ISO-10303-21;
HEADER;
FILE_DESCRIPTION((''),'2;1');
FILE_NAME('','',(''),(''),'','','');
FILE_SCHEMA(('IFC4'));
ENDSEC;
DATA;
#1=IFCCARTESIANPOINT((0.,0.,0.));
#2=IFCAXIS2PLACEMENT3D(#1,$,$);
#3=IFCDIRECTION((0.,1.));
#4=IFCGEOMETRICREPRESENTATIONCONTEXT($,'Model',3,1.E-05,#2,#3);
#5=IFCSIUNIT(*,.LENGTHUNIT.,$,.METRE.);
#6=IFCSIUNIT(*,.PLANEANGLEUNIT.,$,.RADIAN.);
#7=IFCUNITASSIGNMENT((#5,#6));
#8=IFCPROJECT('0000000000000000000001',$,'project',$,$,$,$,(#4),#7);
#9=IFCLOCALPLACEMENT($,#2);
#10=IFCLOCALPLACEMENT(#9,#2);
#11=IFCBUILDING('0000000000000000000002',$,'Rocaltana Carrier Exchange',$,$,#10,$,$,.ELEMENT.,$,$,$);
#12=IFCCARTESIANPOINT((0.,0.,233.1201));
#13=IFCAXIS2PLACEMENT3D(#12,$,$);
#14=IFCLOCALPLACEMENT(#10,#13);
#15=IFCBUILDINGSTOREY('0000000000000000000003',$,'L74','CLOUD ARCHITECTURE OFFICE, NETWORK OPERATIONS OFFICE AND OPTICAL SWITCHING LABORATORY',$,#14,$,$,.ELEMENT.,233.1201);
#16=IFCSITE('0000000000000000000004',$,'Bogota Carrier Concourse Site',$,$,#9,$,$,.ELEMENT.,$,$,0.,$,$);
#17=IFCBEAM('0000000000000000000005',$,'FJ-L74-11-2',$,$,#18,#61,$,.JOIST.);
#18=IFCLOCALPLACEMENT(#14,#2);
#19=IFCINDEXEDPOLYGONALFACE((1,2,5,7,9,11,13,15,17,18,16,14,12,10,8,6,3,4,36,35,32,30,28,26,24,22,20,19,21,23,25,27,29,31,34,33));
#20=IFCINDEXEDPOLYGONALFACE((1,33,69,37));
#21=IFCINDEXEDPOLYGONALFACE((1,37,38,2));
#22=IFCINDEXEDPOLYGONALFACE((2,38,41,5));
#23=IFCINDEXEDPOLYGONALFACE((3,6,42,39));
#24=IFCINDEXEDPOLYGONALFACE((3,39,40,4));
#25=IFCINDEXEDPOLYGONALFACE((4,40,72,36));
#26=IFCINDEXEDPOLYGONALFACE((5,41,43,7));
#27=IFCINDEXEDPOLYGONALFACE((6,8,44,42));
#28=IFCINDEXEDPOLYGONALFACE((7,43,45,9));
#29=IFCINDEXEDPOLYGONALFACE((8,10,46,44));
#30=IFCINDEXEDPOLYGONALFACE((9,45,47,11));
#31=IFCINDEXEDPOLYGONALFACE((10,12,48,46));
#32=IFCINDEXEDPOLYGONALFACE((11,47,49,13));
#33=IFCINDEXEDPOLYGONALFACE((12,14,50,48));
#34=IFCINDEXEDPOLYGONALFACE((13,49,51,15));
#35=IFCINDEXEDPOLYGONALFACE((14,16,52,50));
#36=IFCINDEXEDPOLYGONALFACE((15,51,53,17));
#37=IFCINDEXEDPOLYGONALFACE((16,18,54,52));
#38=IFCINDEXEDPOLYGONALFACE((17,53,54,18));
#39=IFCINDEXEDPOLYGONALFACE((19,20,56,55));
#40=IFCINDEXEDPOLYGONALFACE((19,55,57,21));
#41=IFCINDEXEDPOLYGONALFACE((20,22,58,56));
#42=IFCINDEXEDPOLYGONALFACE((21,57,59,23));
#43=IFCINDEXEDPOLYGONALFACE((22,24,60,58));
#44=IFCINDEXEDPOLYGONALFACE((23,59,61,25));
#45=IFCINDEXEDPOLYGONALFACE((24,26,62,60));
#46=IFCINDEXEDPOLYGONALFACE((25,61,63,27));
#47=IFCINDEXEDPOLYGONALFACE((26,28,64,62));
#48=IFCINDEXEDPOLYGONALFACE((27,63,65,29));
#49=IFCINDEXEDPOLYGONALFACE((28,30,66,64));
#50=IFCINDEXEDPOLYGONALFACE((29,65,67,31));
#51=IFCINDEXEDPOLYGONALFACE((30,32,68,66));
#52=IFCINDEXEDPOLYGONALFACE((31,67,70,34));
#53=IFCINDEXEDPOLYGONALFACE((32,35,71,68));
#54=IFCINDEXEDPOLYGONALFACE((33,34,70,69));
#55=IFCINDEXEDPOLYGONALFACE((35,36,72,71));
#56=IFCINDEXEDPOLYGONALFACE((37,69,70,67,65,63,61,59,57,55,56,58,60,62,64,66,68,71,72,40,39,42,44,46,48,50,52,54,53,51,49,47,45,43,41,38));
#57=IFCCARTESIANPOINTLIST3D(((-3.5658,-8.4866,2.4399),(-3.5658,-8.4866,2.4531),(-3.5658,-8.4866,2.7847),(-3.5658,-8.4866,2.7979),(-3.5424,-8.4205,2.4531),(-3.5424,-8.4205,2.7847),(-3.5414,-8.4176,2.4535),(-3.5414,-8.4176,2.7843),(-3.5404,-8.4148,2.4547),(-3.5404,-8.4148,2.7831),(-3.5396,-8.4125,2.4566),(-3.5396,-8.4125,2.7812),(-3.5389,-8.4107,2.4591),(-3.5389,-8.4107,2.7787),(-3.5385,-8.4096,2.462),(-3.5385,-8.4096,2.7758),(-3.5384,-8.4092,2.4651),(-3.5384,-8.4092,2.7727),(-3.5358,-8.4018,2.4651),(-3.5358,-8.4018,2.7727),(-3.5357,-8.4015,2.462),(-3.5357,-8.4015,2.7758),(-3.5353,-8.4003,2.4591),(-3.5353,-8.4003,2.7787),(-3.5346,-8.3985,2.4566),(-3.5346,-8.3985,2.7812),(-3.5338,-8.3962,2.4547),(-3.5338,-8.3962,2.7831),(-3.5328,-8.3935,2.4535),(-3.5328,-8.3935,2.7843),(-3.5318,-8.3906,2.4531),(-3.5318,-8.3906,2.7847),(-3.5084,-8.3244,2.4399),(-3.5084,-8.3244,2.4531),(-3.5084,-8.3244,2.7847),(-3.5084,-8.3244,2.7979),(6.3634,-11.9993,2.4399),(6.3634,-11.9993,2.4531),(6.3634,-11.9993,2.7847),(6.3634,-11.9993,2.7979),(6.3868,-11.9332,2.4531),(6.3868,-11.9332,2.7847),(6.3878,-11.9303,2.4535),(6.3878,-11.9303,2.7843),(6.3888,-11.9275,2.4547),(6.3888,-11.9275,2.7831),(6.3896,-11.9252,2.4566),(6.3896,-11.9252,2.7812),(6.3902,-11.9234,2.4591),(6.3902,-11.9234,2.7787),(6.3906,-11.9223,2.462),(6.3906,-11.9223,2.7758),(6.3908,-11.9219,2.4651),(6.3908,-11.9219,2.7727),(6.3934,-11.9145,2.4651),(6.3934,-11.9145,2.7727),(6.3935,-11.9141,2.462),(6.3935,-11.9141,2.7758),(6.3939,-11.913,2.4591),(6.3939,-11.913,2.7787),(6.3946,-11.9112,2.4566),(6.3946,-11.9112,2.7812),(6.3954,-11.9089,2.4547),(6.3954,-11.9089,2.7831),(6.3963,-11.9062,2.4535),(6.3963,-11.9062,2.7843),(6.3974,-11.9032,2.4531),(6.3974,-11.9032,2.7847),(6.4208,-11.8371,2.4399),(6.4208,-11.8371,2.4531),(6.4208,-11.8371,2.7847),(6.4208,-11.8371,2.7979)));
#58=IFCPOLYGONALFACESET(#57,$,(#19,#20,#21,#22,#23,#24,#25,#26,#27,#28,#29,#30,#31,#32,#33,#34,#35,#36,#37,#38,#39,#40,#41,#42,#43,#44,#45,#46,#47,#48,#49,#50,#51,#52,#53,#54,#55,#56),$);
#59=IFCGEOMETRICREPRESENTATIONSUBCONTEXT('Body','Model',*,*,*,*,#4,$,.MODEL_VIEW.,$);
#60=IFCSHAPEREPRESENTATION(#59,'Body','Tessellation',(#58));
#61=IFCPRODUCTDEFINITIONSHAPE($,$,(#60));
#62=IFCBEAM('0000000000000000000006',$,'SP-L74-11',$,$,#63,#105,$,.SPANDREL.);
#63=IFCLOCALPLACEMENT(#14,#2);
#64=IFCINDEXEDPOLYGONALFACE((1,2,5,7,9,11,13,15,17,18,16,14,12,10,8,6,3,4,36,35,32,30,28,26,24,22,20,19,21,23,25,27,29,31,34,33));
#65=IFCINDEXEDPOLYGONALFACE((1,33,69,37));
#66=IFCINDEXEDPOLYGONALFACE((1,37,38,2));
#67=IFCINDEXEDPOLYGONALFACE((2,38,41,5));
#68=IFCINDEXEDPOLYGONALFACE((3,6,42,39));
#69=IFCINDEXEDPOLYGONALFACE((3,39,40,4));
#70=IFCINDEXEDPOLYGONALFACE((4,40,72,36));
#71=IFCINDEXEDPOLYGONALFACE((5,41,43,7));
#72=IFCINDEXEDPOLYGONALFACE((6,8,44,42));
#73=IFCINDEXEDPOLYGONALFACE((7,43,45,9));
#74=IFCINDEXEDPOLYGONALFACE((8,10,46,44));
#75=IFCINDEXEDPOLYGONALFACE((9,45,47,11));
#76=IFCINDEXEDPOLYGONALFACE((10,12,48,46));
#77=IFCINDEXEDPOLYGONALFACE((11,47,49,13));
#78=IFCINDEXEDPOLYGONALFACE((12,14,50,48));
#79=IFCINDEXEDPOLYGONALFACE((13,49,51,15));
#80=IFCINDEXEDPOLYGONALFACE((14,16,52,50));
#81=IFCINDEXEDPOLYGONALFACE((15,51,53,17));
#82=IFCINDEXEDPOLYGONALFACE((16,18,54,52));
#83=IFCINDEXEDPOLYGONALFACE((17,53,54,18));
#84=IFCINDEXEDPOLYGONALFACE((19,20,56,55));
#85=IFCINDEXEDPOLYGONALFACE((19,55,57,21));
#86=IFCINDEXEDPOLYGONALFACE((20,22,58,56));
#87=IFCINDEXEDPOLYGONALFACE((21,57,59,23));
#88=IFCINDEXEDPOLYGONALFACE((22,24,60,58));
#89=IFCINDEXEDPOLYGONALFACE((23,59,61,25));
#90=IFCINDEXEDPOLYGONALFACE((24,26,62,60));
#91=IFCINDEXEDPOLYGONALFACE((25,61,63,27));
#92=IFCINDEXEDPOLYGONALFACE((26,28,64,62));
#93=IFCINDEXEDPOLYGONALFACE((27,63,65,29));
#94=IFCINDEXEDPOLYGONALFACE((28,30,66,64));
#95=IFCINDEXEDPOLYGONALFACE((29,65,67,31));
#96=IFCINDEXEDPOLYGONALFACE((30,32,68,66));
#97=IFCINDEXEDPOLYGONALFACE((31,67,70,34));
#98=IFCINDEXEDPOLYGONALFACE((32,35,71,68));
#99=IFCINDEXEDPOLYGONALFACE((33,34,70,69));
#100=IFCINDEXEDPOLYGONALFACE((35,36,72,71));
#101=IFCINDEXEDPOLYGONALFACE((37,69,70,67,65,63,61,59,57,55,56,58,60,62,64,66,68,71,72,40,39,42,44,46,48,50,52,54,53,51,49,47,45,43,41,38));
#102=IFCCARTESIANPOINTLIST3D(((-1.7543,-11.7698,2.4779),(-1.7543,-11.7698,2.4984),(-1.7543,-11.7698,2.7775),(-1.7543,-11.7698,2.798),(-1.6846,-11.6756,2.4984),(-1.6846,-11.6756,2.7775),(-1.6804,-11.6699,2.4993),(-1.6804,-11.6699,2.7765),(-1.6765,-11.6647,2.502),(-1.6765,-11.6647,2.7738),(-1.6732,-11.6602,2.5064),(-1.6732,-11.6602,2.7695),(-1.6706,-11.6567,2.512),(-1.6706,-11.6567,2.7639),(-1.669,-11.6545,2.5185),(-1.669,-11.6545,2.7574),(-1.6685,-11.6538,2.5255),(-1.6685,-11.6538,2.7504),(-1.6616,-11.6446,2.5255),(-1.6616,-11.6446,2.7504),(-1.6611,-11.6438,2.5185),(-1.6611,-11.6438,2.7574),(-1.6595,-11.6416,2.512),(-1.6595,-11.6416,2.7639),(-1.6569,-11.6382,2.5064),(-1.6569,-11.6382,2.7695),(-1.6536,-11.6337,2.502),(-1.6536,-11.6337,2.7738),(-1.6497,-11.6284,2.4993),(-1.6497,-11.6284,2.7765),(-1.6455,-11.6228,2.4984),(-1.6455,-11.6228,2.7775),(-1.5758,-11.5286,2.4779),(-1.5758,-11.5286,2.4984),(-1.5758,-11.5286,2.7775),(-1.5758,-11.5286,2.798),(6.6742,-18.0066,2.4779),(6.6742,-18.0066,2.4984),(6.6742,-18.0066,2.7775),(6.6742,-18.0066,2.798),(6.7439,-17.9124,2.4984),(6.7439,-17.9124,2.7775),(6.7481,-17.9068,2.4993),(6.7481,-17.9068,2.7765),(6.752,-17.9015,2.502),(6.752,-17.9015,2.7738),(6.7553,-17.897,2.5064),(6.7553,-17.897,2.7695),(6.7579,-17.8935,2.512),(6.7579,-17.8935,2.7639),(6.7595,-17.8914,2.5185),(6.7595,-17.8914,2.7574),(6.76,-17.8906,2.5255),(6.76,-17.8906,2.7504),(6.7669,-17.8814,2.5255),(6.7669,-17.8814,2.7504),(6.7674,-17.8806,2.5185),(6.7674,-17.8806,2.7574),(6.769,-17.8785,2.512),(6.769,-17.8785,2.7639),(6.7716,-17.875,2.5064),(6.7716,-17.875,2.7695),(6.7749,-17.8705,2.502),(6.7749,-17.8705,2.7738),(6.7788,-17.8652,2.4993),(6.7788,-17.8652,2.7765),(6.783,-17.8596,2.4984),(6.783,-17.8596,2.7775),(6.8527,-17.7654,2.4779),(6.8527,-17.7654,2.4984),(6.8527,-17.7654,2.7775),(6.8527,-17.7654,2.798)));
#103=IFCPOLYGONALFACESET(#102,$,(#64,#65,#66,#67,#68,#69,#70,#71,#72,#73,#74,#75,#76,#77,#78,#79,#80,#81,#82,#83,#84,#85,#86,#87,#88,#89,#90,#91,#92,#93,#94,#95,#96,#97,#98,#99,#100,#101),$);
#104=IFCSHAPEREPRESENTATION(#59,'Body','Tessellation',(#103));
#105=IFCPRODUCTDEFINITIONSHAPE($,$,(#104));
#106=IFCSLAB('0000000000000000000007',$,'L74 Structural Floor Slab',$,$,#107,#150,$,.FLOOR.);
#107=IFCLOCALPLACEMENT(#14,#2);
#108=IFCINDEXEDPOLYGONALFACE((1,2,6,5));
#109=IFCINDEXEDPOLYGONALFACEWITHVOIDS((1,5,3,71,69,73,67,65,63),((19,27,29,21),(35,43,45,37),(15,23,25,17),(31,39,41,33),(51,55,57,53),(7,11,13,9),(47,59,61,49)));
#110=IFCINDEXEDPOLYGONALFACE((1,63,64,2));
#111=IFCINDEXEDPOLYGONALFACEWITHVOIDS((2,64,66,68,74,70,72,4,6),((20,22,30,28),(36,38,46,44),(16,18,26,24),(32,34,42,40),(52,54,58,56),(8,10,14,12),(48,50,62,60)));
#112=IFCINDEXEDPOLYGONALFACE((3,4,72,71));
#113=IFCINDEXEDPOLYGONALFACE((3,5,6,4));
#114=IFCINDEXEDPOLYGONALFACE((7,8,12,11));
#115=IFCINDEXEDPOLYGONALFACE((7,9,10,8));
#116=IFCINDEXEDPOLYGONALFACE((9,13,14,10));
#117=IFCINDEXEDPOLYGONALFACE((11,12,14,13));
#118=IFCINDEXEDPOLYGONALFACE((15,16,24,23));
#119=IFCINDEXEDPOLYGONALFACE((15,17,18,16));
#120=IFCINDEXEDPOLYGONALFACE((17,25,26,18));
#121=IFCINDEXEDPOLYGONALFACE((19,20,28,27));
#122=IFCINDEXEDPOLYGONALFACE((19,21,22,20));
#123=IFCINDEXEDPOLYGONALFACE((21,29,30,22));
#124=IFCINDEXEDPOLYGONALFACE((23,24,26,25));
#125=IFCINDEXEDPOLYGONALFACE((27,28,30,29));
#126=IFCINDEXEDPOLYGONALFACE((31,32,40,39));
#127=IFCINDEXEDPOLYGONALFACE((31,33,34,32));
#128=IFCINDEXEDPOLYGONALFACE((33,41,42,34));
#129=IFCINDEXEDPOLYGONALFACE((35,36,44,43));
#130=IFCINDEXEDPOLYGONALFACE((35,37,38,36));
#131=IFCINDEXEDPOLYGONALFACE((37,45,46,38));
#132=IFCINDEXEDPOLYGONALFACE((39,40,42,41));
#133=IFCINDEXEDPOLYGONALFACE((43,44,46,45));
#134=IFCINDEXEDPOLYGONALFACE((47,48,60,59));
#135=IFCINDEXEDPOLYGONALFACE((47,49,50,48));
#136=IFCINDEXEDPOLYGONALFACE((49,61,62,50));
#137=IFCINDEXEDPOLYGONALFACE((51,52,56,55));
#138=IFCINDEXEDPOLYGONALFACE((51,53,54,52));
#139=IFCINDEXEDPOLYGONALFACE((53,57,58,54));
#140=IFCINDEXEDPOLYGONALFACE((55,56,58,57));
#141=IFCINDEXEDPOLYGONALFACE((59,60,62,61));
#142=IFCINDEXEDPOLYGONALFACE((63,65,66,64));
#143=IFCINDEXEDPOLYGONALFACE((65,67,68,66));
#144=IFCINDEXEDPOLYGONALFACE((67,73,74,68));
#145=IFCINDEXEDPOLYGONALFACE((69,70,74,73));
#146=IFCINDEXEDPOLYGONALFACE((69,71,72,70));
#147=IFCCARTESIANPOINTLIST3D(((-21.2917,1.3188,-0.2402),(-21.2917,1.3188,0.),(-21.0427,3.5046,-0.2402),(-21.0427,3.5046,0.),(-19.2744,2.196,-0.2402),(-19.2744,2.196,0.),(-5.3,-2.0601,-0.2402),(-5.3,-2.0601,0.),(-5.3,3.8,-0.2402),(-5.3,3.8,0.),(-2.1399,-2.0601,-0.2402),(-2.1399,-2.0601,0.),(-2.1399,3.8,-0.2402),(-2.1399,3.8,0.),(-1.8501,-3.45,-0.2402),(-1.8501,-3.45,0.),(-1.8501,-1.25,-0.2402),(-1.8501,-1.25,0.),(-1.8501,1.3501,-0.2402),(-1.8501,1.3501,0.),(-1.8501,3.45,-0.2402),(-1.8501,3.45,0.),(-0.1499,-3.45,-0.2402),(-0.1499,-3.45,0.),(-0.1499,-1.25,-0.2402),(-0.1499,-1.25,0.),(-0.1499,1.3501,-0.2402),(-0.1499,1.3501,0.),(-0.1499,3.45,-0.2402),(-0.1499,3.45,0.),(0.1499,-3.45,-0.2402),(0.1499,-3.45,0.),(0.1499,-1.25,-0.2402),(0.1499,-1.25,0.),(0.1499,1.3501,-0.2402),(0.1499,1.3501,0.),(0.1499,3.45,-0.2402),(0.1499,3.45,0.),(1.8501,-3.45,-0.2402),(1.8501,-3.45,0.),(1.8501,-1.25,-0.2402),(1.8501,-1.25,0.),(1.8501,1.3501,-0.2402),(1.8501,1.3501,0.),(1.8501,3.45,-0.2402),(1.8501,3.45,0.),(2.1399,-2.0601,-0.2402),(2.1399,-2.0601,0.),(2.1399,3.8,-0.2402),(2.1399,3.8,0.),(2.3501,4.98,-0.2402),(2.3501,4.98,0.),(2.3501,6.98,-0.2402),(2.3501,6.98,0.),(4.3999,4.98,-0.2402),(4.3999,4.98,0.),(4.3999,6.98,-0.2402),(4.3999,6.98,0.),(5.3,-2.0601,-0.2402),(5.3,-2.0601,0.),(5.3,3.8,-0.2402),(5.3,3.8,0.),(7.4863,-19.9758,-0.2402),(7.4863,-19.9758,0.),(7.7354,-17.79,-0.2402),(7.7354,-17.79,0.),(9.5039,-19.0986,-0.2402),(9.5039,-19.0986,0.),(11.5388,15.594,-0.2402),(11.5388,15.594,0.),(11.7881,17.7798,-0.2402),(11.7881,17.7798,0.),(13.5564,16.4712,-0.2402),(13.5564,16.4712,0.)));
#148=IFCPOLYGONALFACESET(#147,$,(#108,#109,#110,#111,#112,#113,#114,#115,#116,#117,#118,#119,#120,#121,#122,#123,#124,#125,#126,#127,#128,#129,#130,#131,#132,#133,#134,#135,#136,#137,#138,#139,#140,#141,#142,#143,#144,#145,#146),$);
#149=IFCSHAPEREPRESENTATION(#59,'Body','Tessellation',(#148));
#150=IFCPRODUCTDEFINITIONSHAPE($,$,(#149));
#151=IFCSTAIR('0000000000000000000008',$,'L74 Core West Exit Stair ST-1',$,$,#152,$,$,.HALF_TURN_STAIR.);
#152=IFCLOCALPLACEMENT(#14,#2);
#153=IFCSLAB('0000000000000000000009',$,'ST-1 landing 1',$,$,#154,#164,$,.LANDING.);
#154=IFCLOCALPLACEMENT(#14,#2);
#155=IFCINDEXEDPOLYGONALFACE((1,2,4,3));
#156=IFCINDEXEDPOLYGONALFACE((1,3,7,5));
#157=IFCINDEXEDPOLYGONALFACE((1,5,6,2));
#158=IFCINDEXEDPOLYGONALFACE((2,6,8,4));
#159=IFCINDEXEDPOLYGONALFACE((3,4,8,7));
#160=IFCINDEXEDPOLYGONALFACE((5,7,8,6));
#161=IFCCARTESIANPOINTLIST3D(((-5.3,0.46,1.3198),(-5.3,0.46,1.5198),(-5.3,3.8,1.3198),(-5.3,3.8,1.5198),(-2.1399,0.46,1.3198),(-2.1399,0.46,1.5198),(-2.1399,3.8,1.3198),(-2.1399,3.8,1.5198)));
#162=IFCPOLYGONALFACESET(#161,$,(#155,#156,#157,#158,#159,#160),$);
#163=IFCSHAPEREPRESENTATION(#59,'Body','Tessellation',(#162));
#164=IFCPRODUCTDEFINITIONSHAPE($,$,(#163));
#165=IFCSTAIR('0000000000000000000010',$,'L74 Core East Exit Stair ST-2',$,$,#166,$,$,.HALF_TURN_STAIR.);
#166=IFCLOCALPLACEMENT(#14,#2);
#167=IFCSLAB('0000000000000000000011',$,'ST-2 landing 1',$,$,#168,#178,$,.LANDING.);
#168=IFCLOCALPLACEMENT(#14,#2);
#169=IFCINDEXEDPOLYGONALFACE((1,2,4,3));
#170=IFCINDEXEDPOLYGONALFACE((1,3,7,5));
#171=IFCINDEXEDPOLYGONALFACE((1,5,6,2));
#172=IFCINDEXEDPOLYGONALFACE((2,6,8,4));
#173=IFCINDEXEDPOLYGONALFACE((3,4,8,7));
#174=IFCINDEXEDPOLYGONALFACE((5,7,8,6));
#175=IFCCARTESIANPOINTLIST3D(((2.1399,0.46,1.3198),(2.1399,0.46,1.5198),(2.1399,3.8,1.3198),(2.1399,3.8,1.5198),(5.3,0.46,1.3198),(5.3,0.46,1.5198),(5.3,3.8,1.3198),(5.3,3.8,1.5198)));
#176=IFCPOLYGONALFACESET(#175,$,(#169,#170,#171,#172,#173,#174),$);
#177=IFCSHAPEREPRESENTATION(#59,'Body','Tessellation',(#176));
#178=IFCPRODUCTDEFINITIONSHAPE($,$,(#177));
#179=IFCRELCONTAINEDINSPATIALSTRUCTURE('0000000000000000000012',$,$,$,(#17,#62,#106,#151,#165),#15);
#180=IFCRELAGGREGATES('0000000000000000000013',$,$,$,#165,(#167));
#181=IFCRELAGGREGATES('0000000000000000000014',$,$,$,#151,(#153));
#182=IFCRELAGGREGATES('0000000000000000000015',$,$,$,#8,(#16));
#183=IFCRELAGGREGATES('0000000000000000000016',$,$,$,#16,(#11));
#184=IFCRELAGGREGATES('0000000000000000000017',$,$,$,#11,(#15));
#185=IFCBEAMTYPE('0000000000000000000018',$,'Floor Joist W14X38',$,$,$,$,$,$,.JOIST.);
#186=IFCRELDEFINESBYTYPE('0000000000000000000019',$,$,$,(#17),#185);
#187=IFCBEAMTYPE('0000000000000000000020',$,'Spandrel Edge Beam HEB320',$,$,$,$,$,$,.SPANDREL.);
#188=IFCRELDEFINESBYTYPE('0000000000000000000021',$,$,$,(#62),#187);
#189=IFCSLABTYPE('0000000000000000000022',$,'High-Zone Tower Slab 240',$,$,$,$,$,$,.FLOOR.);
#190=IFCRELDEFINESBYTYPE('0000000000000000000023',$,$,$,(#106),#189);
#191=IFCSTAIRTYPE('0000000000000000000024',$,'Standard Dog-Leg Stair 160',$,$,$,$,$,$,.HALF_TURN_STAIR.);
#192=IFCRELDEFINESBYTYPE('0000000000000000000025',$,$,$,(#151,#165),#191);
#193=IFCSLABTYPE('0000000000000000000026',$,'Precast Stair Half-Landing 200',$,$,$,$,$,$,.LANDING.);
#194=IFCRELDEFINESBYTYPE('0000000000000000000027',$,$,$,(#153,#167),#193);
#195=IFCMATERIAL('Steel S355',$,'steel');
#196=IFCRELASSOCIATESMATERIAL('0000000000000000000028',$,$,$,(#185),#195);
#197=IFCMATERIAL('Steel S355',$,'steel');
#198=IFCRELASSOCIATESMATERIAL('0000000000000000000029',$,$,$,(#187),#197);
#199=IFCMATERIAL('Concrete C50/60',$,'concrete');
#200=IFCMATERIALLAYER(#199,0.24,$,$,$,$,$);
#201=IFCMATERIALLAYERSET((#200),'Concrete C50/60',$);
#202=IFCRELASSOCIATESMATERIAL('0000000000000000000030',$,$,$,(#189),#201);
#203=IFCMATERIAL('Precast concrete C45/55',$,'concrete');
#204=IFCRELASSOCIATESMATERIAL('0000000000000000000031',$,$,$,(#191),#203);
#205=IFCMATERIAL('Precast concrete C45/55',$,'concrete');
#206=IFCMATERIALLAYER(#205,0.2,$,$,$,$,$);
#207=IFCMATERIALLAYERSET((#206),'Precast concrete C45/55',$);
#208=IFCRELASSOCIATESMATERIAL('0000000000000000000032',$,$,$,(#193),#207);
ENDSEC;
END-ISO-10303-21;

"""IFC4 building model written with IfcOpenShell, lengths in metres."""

from ifc_helpers import new_model, si_unit, direction, frame, origin, origin_2d, place, context, subcontext, project, spatial, polyline, i_section, outline, extrude, material, layer, layer_set, material_profile, profile_set, type_object, element, aggregate, save


model = new_model("IFC4")

# Units and contexts
model_context = context("Model", 3, precision=1e-05, world=origin(), true_north=direction((0.0, 1.0)))
body_context = subcontext(model_context, "Body", "Model", "MODEL_VIEW")
ifc_project = project(units=[si_unit("LENGTHUNIT", "METRE"), si_unit("PLANEANGLEUNIT", "RADIAN")], contexts=[model_context])

# Site, building, storey
site_placement = place(None, origin())
site = spatial("IfcSite", under=ifc_project, at=site_placement, Name="Bogota Carrier Concourse Site", CompositionType="ELEMENT", RefElevation=0.0)
building_placement = place(site_placement, origin())
building = spatial("IfcBuilding", under=site, at=building_placement, Name="Rocaltana Carrier Exchange", CompositionType="ELEMENT")
storey_placement = place(building_placement, frame((0.0, 0.0, 233.1201)))
storey = spatial("IfcBuildingStorey", under=building, at=storey_placement, Name="L74", Description="CLOUD ARCHITECTURE OFFICE, NETWORK OPERATIONS OFFICE AND OPTICAL SWITCHING LABORATORY", CompositionType="ELEMENT", Elevation=233.1201)

# Beams
ifc_material_1 = material(Name="Steel S355", Category="steel")
ifc_material_profile_1 = material_profile(ifc_material_1, i_section(OverallWidth=0.1721, OverallDepth=0.3579, WebThickness=0.0078, FlangeThickness=0.0132, FilletRadius=0.012, at=origin_2d()), Name="W14X38")
ifc_profile_set_1 = profile_set([ifc_material_profile_1], Name="Steel S355")
beam_type_1 = type_object("IfcBeamType", Name="Floor Joist W14X38", PredefinedType="JOIST", material=ifc_profile_set_1)
beam_1_placement = place(storey_placement, frame((-3.5371, -8.4055, 2.6189), z_axis=(0.942744, -0.333518, 0.0), x_axis=(0.333518, 0.942744, 0.0)))
element("IfcBeam", 1, at=beam_1_placement, inside=storey, type_object=beam_type_1, Name="FJ-L74-11-2", PredefinedType="JOIST", context=body_context, shape_type="SweptSolid", body=[
    extrude(i_section(OverallWidth=0.1721, OverallDepth=0.3579, WebThickness=0.0078, FlangeThickness=0.0132, FilletRadius=0.012, at=origin_2d()), origin(), (0.0, 0.0, 1.0), 10.5322),
])
ifc_material_2 = material(Name="Steel S355", Category="steel")
ifc_material_profile_2 = material_profile(ifc_material_2, i_section(OverallWidth=0.3, OverallDepth=0.3201, WebThickness=0.0115, FlangeThickness=0.0205, FilletRadius=0.0271, at=origin_2d()), Name="HEB320")
ifc_profile_set_2 = profile_set([ifc_material_profile_2], Name="Steel S355")
beam_type_2 = type_object("IfcBeamType", Name="Spandrel Edge Beam HEB320", PredefinedType="SPANDREL", material=ifc_profile_set_2)
beam_2_placement = place(storey_placement, frame((-1.665, -11.6492, 2.6379), z_axis=(0.803853, -0.594828, 0.0), x_axis=(0.594828, 0.803853, 0.0)))
element("IfcBeam", 2, at=beam_2_placement, inside=storey, type_object=beam_type_2, Name="SP-L74-11", PredefinedType="SPANDREL", context=body_context, shape_type="SweptSolid", body=[
    extrude(i_section(OverallWidth=0.3, OverallDepth=0.3201, WebThickness=0.0115, FlangeThickness=0.0205, FilletRadius=0.0271, at=origin_2d()), origin(), (0.0, 0.0, 1.0), 10.4851),
])

# Slab
ifc_material_3 = material(Name="Concrete C50/60", Category="concrete")
ifc_layer_1 = layer(ifc_material_3, 0.24)
ifc_layer_set_1 = layer_set([ifc_layer_1], Name="Concrete C50/60")
slab_type_1 = type_object("IfcSlabType", Name="High-Zone Tower Slab 240", PredefinedType="FLOOR", material=ifc_layer_set_1)
slab_1_placement = place(storey_placement, frame((0.0, 0.0, -0.2402)))
element("IfcSlab", 3, at=slab_1_placement, inside=storey, type_object=slab_type_1, Name="L74 Structural Floor Slab", PredefinedType="FLOOR", context=body_context, shape_type="SweptSolid", body=[
    extrude(outline(polyline([(7.4863, -19.9758), (7.7354, -17.79), (9.5039, -19.0986), (13.5564, 16.4712), (11.5388, 15.594), (11.7881, 17.7798), (-21.0427, 3.5046), (-19.2744, 2.196), (-21.2917, 1.3188), (7.4863, -19.9758)]), holes=[polyline([(-5.3, -2.0601), (-2.1399, -2.0601), (-2.1399, 3.8), (-5.3, 3.8), (-5.3, -2.0601)]), polyline([(2.1399, -2.0601), (5.3, -2.0601), (5.3, 3.8), (2.1399, 3.8), (2.1399, -2.0601)]), polyline([(-1.8501, -3.45), (-0.1499, -3.45), (-0.1499, -1.25), (-1.8501, -1.25), (-1.8501, -3.45)]), polyline([(0.1499, -3.45), (1.8501, -3.45), (1.8501, -1.25), (0.1499, -1.25), (0.1499, -3.45)]), polyline([(2.3501, 4.98), (4.3999, 4.98), (4.3999, 6.98), (2.3501, 6.98), (2.3501, 4.98)]), polyline([(-1.8501, 1.3501), (-0.1499, 1.3501), (-0.1499, 3.45), (-1.8501, 3.45), (-1.8501, 1.3501)]), polyline([(0.1499, 1.3501), (1.8501, 1.3501), (1.8501, 3.45), (0.1499, 3.45), (0.1499, 1.3501)])]), origin(), (0.0, 0.0, 1.0), 0.2402),
])

# Stairs, slabs
ifc_material_4 = material(Name="Precast concrete C45/55", Category="concrete")
stair_type = type_object("IfcStairType", Name="Standard Dog-Leg Stair 160", PredefinedType="HALF_TURN_STAIR", material=ifc_material_4)
stair_1_placement = place(storey_placement, origin())
stair_1 = element("IfcStair", 4, at=stair_1_placement, inside=storey, type_object=stair_type, Name="L74 Core West Exit Stair ST-1", PredefinedType="HALF_TURN_STAIR")
ifc_material_5 = material(Name="Precast concrete C45/55", Category="concrete")
ifc_layer_2 = layer(ifc_material_5, 0.2)
ifc_layer_set_2 = layer_set([ifc_layer_2], Name="Precast concrete C45/55")
slab_type_2 = type_object("IfcSlabType", Name="Precast Stair Half-Landing 200", PredefinedType="LANDING", material=ifc_layer_set_2)
slab_2_placement = place(storey_placement, frame((0.0, 0.0, 1.3198)))
slab_2 = element("IfcSlab", 5, at=slab_2_placement, type_object=slab_type_2, Name="ST-1 landing 1", PredefinedType="LANDING", context=body_context, shape_type="SweptSolid", body=[
    extrude(outline(polyline([(-2.1399, 0.46), (-2.1399, 3.8), (-5.3, 3.8), (-5.3, 0.46), (-2.1399, 0.46)])), origin(), (0.0, 0.0, 1.0), 0.2),
])
stair_2_placement = place(storey_placement, origin())
stair_2 = element("IfcStair", 6, at=stair_2_placement, inside=storey, type_object=stair_type, Name="L74 Core East Exit Stair ST-2", PredefinedType="HALF_TURN_STAIR")
slab_3_placement = place(storey_placement, frame((0.0, 0.0, 1.3198)))
slab_3 = element("IfcSlab", 7, at=slab_3_placement, type_object=slab_type_2, Name="ST-2 landing 1", PredefinedType="LANDING", context=body_context, shape_type="SweptSolid", body=[
    extrude(outline(polyline([(5.3, 0.46), (5.3, 3.8), (2.1399, 3.8), (2.1399, 0.46), (5.3, 0.46)])), origin(), (0.0, 0.0, 1.0), 0.2),
])
aggregate(stair_2, [slab_3])

aggregate(stair_1, [slab_2])

save(model, "model.ifc")
